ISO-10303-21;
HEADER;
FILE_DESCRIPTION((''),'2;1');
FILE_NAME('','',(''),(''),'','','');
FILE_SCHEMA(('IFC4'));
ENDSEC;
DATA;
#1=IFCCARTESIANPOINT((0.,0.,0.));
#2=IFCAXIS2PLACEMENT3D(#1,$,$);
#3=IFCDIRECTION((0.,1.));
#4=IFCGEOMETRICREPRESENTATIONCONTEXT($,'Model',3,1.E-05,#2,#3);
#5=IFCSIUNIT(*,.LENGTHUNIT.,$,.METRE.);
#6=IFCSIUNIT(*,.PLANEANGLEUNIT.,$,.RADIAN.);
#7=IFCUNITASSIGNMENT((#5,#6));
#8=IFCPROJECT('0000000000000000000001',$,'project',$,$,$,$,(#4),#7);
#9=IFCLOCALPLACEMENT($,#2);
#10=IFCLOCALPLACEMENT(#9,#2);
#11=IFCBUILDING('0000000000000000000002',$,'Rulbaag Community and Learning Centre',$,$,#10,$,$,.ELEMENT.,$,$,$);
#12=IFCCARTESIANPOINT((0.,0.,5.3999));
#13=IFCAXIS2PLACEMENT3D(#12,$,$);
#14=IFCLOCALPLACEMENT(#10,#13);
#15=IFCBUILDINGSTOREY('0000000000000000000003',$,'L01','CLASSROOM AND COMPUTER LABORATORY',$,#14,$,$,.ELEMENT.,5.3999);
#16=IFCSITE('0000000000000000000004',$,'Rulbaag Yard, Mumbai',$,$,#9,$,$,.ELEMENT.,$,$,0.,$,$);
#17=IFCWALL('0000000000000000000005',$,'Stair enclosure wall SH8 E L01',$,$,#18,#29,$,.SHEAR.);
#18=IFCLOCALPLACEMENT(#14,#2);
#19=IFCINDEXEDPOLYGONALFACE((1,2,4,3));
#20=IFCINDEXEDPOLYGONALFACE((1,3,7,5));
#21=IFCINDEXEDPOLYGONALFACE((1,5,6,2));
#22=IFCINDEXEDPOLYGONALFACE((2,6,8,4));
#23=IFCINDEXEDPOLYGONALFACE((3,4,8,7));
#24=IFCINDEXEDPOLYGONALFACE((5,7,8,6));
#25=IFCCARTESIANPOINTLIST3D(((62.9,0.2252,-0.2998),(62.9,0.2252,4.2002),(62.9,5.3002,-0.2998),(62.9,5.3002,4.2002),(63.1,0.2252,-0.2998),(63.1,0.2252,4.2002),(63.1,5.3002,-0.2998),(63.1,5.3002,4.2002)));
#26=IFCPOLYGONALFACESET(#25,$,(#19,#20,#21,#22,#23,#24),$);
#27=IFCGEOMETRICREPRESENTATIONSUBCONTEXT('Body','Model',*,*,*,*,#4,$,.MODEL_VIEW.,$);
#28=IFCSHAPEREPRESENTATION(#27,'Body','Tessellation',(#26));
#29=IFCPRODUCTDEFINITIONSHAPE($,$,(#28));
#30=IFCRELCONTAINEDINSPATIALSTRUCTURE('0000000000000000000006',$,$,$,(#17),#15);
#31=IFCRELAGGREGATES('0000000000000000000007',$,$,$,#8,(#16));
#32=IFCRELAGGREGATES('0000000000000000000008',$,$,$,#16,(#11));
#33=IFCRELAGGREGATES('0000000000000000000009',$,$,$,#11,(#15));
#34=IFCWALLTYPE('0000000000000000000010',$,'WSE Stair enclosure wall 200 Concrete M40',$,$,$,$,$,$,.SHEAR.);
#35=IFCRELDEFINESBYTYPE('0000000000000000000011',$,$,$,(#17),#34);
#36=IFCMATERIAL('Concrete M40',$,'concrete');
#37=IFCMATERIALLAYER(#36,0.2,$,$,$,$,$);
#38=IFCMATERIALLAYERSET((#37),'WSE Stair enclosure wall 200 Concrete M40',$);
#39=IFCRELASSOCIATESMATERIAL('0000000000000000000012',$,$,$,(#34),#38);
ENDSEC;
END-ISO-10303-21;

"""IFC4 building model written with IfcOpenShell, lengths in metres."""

from ifc_helpers import new_model, si_unit, direction, frame, frame_2d, origin, place, context, subcontext, project, spatial, rectangle, extrude, material, layer, layer_set, type_object, element, save


model = new_model("IFC4")

# Units and contexts
model_context = context("Model", 3, precision=1e-05, world=origin(), true_north=direction((0.0, 1.0)))
body_context = subcontext(model_context, "Body", "Model", "MODEL_VIEW")
ifc_project = project(units=[si_unit("LENGTHUNIT", "METRE"), si_unit("PLANEANGLEUNIT", "RADIAN")], contexts=[model_context])

# Site, building, storey
site_placement = place(None, origin())
site = spatial("IfcSite", under=ifc_project, at=site_placement, Name="Rulbaag Yard, Mumbai", CompositionType="ELEMENT", RefElevation=0.0)
building_placement = place(site_placement, origin())
building = spatial("IfcBuilding", under=site, at=building_placement, Name="Rulbaag Community and Learning Centre", CompositionType="ELEMENT")
storey_placement = place(building_placement, frame((0.0, 0.0, 5.3999)))
storey = spatial("IfcBuildingStorey", under=building, at=storey_placement, Name="L01", Description="CLASSROOM AND COMPUTER LABORATORY", CompositionType="ELEMENT", Elevation=5.3999)

# Shared definitions
ifc_material_1 = material(Name="Concrete M40", Category="concrete")

# Shared definitions
ifc_layer_1 = layer(ifc_material_1, 0.2)
ifc_layer_set_1 = layer_set([ifc_layer_1], Name="WSE Stair enclosure wall 200 Concrete M40")
wall_type_1 = type_object("IfcWallType", Name="WSE Stair enclosure wall 200 Concrete M40", PredefinedType="SHEAR", material=ifc_layer_set_1)

# Wall
for number, where, z_axis, x_axis, name in (
    (1, (63.0, 0.2251, -0.2998), (0.0, 0.0, 1.0), (0.0, 1.0, 0.0), "Stair enclosure wall SH8 E L01"),
):
    element("IfcWall", number, at=place(storey_placement, frame(where, z_axis=z_axis, x_axis=x_axis)), inside=storey, type_object=wall_type_1, Name=name, PredefinedType="SHEAR", context=body_context, shape_type="SweptSolid", body=[
        extrude(rectangle(XDim=5.075, YDim=0.2, at=frame_2d((2.5376, 0.0))), origin(), (0.0, 0.0, 1.0), 4.5),
    ])

save(model, "model.ifc")
